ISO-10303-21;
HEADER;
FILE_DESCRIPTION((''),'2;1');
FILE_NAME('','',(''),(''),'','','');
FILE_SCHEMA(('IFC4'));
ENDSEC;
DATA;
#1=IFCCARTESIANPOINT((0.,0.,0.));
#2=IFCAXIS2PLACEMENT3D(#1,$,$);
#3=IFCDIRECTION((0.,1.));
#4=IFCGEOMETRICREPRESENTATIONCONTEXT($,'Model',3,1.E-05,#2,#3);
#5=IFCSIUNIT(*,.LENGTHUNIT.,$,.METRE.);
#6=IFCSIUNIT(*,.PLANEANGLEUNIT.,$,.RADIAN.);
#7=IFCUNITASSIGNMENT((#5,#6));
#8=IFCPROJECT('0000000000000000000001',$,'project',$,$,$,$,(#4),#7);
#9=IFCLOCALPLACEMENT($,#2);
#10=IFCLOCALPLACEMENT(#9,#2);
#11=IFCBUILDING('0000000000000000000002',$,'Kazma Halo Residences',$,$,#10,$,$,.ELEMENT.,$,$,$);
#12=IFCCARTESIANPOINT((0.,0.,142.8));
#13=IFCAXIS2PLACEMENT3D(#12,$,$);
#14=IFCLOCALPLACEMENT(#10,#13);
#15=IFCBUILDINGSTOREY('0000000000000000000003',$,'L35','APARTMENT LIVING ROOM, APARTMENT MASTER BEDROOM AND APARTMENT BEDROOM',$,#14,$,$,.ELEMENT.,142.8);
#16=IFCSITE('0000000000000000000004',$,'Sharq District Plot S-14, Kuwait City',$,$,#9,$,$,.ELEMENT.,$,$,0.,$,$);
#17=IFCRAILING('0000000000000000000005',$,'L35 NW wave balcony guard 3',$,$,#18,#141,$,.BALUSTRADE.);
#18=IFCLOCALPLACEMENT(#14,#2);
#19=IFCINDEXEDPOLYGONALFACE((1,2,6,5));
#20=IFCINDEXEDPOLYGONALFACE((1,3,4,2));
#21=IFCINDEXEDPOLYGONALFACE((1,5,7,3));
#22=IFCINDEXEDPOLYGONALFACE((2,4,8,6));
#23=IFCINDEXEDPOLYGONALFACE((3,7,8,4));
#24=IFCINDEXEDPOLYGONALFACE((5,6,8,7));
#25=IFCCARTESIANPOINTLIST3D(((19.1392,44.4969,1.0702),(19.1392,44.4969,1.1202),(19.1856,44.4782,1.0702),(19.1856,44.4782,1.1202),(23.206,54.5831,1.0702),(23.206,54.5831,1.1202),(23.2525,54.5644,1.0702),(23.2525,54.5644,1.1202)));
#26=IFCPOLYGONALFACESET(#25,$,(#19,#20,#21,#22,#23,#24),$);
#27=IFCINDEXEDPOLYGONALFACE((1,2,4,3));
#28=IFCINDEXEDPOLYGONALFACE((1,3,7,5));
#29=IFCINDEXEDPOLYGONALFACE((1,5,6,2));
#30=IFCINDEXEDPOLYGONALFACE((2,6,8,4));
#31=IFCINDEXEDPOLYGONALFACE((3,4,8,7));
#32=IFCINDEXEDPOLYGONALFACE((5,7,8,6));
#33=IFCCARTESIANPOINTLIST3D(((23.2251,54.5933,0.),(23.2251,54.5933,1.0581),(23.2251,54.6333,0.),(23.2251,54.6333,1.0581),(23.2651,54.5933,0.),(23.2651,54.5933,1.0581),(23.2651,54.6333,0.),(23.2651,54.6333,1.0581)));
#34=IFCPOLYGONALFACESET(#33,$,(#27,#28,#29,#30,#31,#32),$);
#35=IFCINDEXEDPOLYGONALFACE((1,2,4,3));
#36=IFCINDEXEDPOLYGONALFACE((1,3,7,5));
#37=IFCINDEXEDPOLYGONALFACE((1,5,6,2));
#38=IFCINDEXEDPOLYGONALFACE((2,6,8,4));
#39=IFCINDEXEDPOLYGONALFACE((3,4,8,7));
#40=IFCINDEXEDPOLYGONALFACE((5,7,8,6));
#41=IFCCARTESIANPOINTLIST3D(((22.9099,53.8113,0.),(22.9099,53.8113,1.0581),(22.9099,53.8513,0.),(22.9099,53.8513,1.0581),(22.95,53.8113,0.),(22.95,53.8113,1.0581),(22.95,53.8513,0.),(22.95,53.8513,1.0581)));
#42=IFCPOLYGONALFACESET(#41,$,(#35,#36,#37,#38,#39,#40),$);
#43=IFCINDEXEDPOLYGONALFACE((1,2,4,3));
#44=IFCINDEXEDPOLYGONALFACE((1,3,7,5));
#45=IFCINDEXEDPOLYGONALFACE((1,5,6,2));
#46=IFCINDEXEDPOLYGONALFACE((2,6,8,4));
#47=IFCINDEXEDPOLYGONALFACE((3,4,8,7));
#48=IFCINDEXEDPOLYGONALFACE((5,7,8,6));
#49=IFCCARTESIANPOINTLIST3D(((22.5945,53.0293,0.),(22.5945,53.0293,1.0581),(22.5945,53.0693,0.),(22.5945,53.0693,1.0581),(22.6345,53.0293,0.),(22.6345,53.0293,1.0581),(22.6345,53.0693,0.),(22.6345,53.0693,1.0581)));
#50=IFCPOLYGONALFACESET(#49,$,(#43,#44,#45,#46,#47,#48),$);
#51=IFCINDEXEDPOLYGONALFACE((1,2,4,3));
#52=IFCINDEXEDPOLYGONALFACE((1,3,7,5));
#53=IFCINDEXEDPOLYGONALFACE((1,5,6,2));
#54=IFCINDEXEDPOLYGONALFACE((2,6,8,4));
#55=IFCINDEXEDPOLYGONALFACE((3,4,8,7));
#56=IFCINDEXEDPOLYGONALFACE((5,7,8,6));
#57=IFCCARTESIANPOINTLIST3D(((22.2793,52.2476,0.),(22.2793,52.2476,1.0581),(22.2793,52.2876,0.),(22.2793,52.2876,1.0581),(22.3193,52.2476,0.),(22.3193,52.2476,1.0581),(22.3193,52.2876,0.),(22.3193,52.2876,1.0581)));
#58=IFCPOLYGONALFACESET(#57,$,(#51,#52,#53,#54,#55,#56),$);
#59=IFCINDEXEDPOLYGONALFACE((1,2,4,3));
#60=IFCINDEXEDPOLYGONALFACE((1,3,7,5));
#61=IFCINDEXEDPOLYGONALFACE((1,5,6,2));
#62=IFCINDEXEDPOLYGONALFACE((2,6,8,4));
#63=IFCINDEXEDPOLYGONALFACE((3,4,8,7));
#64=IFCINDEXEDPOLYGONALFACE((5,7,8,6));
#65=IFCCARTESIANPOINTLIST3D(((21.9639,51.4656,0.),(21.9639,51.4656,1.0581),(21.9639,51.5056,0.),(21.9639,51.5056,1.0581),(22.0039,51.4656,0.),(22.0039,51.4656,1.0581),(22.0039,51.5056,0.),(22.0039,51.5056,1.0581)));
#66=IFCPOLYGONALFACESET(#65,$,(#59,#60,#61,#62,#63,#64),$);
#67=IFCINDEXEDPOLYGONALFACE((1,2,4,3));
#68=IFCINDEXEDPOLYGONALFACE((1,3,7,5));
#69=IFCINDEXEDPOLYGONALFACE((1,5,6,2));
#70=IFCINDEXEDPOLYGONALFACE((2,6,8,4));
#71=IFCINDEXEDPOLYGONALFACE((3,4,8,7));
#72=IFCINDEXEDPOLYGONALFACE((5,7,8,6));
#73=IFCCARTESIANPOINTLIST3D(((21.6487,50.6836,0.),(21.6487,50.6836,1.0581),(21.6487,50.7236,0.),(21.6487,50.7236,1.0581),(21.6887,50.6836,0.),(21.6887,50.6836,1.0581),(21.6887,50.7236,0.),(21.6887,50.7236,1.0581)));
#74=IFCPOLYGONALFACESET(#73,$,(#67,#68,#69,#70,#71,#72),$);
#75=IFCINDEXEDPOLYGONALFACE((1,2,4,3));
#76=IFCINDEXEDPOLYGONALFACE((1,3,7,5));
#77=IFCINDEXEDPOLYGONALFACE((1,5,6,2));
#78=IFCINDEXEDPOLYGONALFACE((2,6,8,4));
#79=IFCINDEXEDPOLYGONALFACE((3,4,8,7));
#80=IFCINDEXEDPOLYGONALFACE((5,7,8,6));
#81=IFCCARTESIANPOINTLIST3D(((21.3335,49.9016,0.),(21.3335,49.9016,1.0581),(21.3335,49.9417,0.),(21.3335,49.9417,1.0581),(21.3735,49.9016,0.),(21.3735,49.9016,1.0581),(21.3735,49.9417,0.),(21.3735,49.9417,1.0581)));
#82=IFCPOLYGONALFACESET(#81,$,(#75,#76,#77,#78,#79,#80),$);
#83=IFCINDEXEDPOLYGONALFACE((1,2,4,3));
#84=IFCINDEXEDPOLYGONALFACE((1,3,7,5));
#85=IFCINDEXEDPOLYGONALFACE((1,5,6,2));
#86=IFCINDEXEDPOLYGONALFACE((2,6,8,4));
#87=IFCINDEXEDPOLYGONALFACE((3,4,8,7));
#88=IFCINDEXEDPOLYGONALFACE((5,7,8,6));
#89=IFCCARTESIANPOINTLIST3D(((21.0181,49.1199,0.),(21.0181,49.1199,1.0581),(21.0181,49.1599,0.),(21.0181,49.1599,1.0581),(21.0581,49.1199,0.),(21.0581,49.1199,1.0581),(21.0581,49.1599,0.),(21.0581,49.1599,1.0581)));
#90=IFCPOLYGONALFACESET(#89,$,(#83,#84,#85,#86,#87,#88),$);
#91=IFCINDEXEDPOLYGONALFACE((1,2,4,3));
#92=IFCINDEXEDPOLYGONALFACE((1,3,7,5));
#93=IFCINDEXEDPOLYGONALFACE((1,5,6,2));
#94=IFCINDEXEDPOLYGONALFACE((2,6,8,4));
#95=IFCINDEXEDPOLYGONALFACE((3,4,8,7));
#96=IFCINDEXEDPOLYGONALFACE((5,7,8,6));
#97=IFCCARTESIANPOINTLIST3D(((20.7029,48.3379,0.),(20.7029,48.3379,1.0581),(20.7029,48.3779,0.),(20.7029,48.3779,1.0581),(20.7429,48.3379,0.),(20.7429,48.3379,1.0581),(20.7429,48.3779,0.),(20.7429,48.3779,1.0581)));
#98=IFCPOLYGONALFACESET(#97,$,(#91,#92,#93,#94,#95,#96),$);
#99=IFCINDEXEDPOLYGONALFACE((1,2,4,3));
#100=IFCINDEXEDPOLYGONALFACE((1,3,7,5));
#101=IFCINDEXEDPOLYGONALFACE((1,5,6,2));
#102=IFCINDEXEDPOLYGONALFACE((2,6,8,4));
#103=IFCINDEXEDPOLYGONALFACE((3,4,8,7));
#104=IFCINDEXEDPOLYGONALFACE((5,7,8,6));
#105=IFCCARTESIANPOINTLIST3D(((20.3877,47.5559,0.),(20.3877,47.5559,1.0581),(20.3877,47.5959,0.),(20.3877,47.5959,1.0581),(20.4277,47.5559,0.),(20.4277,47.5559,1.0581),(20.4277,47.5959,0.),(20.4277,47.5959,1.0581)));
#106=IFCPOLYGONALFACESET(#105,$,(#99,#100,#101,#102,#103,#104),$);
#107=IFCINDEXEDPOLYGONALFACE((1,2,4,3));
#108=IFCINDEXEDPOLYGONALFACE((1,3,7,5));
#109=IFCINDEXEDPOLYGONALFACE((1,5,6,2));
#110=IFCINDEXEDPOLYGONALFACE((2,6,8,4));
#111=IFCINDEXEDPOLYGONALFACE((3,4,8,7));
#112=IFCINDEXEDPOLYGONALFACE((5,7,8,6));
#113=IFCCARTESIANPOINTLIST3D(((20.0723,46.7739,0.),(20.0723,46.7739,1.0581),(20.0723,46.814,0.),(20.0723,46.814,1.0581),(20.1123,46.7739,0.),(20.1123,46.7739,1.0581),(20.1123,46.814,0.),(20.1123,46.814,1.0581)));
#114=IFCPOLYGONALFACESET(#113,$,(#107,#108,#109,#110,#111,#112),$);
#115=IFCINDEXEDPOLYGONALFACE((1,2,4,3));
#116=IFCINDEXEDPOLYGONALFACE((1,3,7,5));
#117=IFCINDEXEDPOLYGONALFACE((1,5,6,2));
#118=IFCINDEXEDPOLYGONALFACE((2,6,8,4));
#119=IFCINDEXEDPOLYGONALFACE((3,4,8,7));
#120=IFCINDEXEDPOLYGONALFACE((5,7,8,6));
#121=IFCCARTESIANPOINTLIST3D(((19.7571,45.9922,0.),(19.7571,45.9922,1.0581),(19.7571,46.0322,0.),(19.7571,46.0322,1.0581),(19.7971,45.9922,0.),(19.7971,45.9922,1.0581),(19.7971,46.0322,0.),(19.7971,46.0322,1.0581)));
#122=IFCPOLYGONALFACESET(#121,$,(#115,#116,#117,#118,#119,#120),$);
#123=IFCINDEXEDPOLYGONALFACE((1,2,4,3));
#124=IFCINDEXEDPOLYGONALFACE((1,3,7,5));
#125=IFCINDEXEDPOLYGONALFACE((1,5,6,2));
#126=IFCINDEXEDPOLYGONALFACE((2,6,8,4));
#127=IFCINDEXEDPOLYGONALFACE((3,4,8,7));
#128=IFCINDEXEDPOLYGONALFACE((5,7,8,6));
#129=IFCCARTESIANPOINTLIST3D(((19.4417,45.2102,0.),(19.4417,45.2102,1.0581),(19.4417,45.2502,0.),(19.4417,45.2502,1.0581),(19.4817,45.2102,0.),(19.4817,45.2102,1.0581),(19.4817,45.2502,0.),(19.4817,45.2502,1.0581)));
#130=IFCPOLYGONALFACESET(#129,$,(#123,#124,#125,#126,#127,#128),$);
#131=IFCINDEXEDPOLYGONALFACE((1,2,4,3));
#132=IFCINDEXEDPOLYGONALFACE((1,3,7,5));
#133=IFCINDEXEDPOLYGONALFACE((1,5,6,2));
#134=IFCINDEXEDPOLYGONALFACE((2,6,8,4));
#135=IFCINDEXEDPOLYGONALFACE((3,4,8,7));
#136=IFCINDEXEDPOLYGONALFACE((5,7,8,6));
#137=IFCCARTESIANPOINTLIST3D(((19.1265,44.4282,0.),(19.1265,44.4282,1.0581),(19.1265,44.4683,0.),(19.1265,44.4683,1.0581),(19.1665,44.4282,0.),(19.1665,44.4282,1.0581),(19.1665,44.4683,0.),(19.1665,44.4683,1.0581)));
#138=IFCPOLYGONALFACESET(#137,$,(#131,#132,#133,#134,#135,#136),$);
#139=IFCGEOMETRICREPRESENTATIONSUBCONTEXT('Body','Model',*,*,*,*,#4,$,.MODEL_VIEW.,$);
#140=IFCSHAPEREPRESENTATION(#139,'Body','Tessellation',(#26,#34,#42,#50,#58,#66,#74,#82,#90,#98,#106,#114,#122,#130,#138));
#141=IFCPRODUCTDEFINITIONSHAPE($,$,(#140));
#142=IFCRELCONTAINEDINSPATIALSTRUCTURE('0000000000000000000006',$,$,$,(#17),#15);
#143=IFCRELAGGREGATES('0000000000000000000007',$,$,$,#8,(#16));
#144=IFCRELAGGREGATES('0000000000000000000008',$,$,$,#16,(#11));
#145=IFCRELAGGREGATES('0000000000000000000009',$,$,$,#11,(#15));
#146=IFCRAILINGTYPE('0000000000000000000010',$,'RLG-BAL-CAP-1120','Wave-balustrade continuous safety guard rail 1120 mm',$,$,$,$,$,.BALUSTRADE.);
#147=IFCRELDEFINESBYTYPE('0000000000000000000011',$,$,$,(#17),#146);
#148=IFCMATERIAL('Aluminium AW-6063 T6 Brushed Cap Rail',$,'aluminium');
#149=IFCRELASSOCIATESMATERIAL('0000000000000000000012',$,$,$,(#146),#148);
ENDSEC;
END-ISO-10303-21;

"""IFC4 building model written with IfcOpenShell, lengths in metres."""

from ifc_helpers import new_model, si_unit, direction, frame, origin, origin_2d, place, context, subcontext, project, spatial, rectangle, extrude, material, type_object, element, save


model = new_model("IFC4")

# Units and contexts
model_context = context("Model", 3, precision=1e-05, world=origin(), true_north=direction((0.0, 1.0)))
body_context = subcontext(model_context, "Body", "Model", "MODEL_VIEW")
ifc_project = project(units=[si_unit("LENGTHUNIT", "METRE"), si_unit("PLANEANGLEUNIT", "RADIAN")], contexts=[model_context])

# Site, building, storey
site_placement = place(None, origin())
site = spatial("IfcSite", under=ifc_project, at=site_placement, Name="Sharq District Plot S-14, Kuwait City", CompositionType="ELEMENT", RefElevation=0.0)
building_placement = place(site_placement, origin())
building = spatial("IfcBuilding", under=site, at=building_placement, Name="Kazma Halo Residences", CompositionType="ELEMENT")
storey_placement = place(building_placement, frame((0.0, 0.0, 142.8)))
storey = spatial("IfcBuildingStorey", under=building, at=storey_placement, Name="L35", Description="APARTMENT LIVING ROOM, APARTMENT MASTER BEDROOM AND APARTMENT BEDROOM", CompositionType="ELEMENT", Elevation=142.8)

# Railing
ifc_material_1 = material(Name="Aluminium AW-6063 T6 Brushed Cap Rail", Category="aluminium")
railing_type = type_object("IfcRailingType", Name="RLG-BAL-CAP-1120", Description="Wave-balustrade continuous safety guard rail 1120 mm", PredefinedType="BALUSTRADE", material=ifc_material_1)
railing_1_placement = place(storey_placement, frame((23.2451, 54.6133, 0.0)))
element("IfcRailing", 1, at=railing_1_placement, inside=storey, type_object=railing_type, Name="L35 NW wave balcony guard 3", PredefinedType="BALUSTRADE", context=body_context, shape_type="SweptSolid", body=[
    extrude(rectangle(XDim=0.05, YDim=0.05, at=origin_2d()), frame((-0.0159, -0.0396, 1.0952), z_axis=(-0.373955, -0.927447, 0.0), x_axis=(0.927447, -0.373955, 0.0)), (0.0, 0.0, 1.0), 10.8752),
    extrude(rectangle(XDim=0.04, YDim=0.04, at=origin_2d()), origin(), (0.0, 0.0, 1.0), 1.0581),
    extrude(rectangle(XDim=0.04, YDim=0.04, at=origin_2d()), frame((-0.3152, -0.782, 0.0)), (0.0, 0.0, 1.0), 1.0581),
    extrude(rectangle(XDim=0.04, YDim=0.04, at=origin_2d()), frame((-0.6306, -1.564, 0.0)), (0.0, 0.0, 1.0), 1.0581),
    extrude(rectangle(XDim=0.04, YDim=0.04, at=origin_2d()), frame((-0.9458, -2.3457, 0.0)), (0.0, 0.0, 1.0), 1.0581),
    extrude(rectangle(XDim=0.04, YDim=0.04, at=origin_2d()), frame((-1.2612, -3.1277, 0.0)), (0.0, 0.0, 1.0), 1.0581),
    extrude(rectangle(XDim=0.04, YDim=0.04, at=origin_2d()), frame((-1.5764, -3.9097, 0.0)), (0.0, 0.0, 1.0), 1.0581),
    extrude(rectangle(XDim=0.04, YDim=0.04, at=origin_2d()), frame((-1.8916, -4.6917, 0.0)), (0.0, 0.0, 1.0), 1.0581),
    extrude(rectangle(XDim=0.04, YDim=0.04, at=origin_2d()), frame((-2.207, -5.4734, 0.0)), (0.0, 0.0, 1.0), 1.0581),
    extrude(rectangle(XDim=0.04, YDim=0.04, at=origin_2d()), frame((-2.5222, -6.2554, 0.0)), (0.0, 0.0, 1.0), 1.0581),
    extrude(rectangle(XDim=0.04, YDim=0.04, at=origin_2d()), frame((-2.8374, -7.0374, 0.0)), (0.0, 0.0, 1.0), 1.0581),
    extrude(rectangle(XDim=0.04, YDim=0.04, at=origin_2d()), frame((-3.1528, -7.8193, 0.0)), (0.0, 0.0, 1.0), 1.0581),
    extrude(rectangle(XDim=0.04, YDim=0.04, at=origin_2d()), frame((-3.468, -8.6011, 0.0)), (0.0, 0.0, 1.0), 1.0581),
    extrude(rectangle(XDim=0.04, YDim=0.04, at=origin_2d()), frame((-3.7834, -9.3831, 0.0)), (0.0, 0.0, 1.0), 1.0581),
    extrude(rectangle(XDim=0.04, YDim=0.04, at=origin_2d()), frame((-4.0986, -10.165, 0.0)), (0.0, 0.0, 1.0), 1.0581),
])

save(model, "model.ifc")
